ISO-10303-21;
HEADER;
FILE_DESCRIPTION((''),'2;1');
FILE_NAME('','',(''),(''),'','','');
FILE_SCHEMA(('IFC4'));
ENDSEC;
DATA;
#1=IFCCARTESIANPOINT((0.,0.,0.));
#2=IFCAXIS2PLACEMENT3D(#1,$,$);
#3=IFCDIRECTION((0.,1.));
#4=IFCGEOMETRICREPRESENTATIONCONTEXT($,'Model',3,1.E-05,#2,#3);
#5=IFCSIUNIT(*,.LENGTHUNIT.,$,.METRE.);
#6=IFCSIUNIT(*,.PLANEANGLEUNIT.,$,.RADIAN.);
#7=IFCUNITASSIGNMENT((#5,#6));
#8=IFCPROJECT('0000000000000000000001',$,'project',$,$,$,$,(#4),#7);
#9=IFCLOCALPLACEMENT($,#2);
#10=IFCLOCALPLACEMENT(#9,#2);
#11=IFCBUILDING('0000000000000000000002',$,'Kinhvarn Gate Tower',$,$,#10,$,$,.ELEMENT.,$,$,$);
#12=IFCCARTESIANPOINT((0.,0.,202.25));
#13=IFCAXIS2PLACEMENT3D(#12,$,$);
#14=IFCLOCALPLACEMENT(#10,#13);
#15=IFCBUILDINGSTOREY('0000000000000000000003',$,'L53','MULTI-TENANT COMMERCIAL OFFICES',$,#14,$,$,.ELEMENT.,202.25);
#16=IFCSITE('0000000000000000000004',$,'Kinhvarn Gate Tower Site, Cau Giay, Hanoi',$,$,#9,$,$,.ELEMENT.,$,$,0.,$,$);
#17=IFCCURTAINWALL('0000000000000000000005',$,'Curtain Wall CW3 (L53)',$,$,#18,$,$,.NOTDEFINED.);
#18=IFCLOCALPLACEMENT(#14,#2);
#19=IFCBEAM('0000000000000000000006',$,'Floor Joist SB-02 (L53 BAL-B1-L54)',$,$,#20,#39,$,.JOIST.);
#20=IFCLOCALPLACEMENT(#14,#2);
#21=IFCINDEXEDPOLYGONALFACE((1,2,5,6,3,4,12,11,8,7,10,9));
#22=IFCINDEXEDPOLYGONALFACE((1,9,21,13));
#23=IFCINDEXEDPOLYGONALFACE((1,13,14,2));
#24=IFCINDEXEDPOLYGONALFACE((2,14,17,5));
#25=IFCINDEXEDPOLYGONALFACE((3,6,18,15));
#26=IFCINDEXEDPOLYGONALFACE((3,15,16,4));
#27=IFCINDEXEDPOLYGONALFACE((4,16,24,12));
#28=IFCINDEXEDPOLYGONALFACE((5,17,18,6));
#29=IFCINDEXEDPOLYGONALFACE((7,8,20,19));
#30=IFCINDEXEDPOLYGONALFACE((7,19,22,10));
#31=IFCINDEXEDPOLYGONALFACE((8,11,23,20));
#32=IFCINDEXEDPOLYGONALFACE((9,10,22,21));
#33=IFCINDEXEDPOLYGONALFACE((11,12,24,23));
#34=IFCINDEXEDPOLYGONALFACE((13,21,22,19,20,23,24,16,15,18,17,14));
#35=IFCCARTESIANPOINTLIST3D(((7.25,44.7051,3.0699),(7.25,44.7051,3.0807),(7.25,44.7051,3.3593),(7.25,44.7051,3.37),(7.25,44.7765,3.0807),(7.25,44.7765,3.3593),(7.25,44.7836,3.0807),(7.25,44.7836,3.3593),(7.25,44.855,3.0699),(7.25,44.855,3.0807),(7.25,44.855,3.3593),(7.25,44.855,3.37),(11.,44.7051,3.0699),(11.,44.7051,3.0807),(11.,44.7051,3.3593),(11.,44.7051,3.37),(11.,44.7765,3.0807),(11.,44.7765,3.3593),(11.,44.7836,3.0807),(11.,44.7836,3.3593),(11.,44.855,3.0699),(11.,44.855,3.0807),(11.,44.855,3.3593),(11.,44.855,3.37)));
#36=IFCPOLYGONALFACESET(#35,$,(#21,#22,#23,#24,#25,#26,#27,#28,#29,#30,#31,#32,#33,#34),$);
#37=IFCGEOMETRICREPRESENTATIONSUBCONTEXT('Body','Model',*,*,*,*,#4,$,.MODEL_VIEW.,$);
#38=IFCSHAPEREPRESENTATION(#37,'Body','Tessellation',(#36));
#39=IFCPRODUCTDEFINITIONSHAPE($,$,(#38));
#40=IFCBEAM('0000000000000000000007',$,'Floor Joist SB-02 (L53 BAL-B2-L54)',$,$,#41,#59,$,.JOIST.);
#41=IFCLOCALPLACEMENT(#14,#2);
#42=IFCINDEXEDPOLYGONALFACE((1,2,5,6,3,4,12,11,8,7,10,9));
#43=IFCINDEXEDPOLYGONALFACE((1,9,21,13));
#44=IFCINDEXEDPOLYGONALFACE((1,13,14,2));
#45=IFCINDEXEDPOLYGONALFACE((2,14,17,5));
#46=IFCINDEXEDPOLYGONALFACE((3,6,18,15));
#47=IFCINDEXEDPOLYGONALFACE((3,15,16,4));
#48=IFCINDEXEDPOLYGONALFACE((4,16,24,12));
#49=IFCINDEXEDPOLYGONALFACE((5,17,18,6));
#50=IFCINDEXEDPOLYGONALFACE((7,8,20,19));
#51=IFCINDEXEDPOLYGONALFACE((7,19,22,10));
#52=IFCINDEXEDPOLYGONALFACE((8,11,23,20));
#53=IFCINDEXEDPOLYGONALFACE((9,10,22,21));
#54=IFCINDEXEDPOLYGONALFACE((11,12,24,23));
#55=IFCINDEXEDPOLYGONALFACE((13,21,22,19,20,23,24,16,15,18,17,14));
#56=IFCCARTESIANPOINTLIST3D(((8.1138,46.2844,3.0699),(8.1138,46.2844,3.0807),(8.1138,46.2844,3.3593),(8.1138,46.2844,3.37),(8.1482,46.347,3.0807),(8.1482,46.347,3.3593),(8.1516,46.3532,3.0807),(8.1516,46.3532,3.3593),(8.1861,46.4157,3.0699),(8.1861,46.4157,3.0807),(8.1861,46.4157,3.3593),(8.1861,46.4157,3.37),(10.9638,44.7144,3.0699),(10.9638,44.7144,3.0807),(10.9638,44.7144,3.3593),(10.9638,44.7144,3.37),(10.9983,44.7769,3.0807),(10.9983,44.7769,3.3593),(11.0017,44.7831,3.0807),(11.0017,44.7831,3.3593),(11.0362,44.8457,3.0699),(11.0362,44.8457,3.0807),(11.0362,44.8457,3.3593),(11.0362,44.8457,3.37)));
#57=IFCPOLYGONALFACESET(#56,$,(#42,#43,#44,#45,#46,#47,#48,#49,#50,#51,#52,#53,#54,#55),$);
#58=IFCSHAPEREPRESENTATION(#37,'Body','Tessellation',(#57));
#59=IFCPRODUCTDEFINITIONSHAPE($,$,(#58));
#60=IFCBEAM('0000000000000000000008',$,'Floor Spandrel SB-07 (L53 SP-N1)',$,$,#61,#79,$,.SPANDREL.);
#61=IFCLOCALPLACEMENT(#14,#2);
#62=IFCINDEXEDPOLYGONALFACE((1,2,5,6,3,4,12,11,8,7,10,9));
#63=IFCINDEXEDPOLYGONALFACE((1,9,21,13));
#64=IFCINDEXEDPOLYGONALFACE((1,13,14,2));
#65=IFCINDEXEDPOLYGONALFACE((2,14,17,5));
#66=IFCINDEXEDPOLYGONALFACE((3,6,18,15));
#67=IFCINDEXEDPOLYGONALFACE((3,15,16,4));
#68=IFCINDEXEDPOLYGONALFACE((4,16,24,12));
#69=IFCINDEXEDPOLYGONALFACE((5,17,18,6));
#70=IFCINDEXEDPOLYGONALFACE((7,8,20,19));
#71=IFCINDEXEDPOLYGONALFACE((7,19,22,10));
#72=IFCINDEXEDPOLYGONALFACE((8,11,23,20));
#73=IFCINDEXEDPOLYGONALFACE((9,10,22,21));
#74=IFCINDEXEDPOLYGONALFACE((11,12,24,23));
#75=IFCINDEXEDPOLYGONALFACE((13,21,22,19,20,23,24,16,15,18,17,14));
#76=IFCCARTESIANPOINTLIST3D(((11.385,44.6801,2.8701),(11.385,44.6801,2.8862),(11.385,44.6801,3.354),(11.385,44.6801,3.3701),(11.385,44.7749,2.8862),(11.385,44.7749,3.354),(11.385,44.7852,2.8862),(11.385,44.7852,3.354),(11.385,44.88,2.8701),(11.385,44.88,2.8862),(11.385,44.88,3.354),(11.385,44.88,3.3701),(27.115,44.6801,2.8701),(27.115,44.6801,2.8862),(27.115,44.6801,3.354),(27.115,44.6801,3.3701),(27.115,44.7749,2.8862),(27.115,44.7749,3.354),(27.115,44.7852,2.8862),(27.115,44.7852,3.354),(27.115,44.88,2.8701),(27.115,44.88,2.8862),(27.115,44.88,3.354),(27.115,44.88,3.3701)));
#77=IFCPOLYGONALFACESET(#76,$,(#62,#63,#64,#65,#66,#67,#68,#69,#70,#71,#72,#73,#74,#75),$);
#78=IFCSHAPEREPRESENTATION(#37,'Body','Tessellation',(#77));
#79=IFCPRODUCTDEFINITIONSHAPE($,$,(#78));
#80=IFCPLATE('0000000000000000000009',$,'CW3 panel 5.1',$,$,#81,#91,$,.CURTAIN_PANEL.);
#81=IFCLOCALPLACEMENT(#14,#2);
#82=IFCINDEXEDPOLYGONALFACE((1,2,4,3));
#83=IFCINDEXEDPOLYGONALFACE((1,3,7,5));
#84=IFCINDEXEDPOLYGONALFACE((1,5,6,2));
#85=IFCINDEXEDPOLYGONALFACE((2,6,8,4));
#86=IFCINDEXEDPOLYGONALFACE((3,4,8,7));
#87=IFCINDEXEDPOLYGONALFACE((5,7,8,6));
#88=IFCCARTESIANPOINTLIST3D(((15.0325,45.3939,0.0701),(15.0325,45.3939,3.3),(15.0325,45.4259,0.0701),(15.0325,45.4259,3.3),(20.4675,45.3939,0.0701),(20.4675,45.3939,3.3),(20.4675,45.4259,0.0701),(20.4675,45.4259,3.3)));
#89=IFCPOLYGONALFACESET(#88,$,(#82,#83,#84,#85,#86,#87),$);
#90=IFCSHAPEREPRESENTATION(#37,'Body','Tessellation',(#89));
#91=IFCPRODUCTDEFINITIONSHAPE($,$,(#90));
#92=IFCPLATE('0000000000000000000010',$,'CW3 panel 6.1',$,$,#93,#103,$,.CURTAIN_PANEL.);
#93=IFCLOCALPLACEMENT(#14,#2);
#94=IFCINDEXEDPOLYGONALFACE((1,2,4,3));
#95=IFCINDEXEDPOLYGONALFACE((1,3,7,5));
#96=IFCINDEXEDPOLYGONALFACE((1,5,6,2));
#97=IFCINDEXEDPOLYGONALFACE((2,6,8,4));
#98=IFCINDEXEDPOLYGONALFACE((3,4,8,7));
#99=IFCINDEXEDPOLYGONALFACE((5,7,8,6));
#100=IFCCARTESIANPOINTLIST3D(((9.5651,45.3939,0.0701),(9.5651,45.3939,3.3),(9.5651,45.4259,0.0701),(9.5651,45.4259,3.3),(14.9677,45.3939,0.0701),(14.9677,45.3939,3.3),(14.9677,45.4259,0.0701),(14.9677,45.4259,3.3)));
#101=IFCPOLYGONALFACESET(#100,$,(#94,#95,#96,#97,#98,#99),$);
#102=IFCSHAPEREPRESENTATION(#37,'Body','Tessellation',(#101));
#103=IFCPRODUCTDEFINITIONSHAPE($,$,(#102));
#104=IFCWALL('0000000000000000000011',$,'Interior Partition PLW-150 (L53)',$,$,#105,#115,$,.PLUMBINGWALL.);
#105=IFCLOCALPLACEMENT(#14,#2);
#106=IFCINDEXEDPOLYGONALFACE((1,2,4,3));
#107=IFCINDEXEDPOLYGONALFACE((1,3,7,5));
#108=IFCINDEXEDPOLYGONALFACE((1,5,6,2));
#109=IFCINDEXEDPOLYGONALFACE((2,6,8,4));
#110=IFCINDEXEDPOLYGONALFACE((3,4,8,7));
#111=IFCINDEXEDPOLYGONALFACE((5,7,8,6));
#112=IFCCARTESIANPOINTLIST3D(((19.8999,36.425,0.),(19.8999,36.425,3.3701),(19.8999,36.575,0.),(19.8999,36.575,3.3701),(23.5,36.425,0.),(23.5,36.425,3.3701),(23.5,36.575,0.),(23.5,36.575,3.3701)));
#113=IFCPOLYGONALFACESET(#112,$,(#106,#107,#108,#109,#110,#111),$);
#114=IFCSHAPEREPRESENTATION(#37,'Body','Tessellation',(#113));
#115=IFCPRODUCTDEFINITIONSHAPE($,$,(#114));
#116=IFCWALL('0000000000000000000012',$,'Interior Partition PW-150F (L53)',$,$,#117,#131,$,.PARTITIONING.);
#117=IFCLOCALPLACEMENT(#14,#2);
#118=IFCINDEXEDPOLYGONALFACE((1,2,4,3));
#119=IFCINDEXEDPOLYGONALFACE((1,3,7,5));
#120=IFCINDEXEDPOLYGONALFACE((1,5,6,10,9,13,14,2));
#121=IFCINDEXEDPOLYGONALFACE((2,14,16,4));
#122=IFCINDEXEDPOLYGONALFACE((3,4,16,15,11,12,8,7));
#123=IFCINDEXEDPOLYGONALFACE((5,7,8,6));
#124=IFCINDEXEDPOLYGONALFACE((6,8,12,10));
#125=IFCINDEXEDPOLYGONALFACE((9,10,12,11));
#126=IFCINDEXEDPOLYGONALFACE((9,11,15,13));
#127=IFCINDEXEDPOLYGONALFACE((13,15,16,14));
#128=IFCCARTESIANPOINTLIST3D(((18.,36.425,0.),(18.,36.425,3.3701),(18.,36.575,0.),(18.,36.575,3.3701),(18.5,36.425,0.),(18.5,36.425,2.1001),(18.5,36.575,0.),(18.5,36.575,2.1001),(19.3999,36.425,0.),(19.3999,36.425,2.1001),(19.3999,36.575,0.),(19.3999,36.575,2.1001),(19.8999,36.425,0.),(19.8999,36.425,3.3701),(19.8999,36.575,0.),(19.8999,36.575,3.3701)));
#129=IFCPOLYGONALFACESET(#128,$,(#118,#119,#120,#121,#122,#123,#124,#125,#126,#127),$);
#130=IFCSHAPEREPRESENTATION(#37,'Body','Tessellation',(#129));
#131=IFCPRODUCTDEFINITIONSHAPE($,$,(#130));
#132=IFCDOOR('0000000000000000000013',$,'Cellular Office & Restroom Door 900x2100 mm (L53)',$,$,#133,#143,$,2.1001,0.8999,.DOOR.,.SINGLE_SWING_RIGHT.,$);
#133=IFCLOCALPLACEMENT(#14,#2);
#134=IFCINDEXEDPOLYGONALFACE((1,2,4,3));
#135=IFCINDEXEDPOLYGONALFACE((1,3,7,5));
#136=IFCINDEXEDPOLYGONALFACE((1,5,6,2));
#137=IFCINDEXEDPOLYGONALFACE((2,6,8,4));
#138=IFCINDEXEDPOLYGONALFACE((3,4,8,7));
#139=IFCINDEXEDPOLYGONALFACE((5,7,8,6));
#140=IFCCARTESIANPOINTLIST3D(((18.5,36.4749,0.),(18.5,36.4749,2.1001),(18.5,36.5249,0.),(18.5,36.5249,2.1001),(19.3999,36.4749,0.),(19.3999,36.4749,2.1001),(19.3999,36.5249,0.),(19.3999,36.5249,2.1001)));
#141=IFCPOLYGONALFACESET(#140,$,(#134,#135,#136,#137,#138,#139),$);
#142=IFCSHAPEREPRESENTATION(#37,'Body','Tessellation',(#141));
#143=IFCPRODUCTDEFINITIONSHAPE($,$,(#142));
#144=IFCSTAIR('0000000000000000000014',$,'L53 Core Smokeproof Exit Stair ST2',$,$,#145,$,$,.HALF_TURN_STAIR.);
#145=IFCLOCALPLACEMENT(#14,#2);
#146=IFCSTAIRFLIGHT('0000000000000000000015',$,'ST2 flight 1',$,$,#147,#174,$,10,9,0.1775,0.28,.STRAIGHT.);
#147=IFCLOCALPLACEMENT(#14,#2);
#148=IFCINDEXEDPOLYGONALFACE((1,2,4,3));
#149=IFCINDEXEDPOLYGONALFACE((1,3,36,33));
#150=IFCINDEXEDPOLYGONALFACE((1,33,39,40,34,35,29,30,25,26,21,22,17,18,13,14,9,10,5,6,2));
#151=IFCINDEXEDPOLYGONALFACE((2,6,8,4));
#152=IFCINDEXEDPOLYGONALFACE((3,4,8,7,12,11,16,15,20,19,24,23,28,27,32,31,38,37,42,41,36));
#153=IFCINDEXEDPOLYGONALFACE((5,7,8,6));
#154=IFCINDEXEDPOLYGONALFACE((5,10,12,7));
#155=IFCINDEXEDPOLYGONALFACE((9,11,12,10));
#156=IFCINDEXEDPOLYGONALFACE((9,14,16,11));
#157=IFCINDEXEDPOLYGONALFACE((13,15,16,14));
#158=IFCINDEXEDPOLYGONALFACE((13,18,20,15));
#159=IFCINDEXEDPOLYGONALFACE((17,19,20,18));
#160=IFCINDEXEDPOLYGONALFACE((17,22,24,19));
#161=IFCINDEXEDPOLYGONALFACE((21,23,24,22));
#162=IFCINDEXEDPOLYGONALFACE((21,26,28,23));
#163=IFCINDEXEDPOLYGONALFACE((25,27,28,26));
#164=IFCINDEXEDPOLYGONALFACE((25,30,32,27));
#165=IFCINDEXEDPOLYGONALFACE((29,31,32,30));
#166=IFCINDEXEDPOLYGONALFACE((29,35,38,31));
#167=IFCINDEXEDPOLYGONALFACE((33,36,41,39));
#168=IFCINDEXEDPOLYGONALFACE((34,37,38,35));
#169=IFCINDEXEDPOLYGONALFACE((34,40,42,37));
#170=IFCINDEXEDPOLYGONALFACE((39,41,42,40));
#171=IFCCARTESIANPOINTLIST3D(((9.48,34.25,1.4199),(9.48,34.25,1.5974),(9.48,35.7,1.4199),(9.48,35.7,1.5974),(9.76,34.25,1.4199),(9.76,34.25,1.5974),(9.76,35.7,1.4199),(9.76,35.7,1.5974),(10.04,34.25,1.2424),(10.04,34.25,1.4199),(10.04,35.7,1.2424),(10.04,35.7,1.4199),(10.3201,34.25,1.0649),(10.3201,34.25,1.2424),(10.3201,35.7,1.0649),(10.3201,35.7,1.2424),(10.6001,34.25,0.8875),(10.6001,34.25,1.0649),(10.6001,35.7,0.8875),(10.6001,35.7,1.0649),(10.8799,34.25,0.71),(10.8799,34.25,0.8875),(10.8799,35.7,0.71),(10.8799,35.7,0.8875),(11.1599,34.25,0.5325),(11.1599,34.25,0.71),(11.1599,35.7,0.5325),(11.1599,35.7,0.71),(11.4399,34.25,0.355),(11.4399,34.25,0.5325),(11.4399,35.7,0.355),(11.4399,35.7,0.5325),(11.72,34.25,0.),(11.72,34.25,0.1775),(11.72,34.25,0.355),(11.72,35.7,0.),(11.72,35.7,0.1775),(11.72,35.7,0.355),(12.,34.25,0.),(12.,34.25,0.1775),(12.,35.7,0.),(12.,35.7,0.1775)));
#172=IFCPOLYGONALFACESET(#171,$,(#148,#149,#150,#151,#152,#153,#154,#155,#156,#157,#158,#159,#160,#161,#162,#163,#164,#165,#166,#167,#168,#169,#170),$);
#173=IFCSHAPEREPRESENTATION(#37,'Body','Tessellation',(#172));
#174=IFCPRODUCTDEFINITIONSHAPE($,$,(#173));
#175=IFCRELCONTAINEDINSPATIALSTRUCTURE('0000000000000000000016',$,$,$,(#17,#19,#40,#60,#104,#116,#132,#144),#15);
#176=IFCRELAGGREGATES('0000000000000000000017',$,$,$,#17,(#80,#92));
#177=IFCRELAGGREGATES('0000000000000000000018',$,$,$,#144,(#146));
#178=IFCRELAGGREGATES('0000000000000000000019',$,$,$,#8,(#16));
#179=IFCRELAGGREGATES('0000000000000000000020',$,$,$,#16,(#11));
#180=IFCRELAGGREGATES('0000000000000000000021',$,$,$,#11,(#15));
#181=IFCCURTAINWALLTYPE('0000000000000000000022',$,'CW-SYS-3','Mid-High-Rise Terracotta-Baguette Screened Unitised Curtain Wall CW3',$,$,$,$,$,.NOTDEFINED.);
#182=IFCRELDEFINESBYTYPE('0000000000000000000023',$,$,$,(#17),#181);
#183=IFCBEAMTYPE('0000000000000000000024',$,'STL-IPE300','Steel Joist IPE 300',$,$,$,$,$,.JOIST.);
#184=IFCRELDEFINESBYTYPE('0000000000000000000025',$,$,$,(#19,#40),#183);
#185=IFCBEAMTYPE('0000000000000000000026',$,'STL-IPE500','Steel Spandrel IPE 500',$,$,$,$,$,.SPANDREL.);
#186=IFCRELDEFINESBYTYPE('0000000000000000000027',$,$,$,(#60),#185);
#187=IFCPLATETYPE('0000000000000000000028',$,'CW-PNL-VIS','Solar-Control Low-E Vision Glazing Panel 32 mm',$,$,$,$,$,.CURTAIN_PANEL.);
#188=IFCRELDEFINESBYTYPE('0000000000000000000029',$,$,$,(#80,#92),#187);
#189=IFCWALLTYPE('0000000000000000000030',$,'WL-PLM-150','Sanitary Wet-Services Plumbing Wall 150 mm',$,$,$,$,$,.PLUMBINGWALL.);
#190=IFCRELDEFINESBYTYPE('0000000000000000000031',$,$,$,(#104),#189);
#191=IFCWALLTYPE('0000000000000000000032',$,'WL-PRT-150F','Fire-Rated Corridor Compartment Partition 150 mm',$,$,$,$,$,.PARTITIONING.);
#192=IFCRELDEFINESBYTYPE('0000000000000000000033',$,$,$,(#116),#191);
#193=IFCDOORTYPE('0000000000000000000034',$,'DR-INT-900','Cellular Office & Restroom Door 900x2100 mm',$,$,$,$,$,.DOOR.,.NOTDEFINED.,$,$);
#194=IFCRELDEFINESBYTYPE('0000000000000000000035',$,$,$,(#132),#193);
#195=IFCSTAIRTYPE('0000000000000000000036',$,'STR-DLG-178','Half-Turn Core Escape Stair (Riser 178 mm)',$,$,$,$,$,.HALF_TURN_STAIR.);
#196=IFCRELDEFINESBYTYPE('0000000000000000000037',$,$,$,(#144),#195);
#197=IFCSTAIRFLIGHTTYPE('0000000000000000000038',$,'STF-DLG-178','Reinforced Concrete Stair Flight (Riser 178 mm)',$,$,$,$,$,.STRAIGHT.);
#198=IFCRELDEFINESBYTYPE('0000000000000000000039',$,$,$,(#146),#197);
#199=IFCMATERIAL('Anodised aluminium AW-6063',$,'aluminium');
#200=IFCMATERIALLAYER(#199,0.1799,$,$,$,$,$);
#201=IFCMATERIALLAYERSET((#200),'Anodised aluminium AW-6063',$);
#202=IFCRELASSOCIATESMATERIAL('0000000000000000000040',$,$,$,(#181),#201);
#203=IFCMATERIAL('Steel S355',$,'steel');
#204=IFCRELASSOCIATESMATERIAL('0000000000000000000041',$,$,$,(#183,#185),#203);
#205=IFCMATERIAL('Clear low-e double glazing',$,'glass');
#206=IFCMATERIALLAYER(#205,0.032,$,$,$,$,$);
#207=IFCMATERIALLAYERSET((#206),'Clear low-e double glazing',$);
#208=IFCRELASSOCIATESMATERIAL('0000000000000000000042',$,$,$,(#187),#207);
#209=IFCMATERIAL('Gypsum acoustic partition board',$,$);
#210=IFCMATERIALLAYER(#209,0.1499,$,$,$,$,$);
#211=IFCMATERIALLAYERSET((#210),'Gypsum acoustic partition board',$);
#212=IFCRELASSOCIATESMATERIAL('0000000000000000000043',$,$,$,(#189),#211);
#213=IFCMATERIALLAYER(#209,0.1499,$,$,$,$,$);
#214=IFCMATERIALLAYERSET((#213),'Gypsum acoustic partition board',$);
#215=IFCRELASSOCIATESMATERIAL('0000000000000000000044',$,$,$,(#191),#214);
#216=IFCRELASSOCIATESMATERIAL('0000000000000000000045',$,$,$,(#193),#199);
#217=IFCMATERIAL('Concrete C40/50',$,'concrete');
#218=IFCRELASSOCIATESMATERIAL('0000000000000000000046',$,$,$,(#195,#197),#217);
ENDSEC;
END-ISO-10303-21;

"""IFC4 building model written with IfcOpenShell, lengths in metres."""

from ifc_helpers import new_model, si_unit, direction, frame, frame_2d, origin, origin_2d, place, context, subcontext, project, spatial, polyline, rectangle, i_section, outline, extrude, material, layer, layer_set, material_profile, profile_set, type_object, element, fill, aggregate, save


model = new_model("IFC4")

# Units and contexts
model_context = context("Model", 3, precision=1e-05, world=origin(), true_north=direction((0.0, 1.0)))
body_context = subcontext(model_context, "Body", "Model", "MODEL_VIEW")
ifc_project = project(units=[si_unit("LENGTHUNIT", "METRE"), si_unit("PLANEANGLEUNIT", "RADIAN")], contexts=[model_context])

# Site, building, storey
site_placement = place(None, origin())
site = spatial("IfcSite", under=ifc_project, at=site_placement, Name="Kinhvarn Gate Tower Site, Cau Giay, Hanoi", CompositionType="ELEMENT", RefElevation=0.0)
building_placement = place(site_placement, origin())
building = spatial("IfcBuilding", under=site, at=building_placement, Name="Kinhvarn Gate Tower", CompositionType="ELEMENT")
storey_placement = place(building_placement, frame((0.0, 0.0, 202.25)))
storey = spatial("IfcBuildingStorey", under=building, at=storey_placement, Name="L53", Description="MULTI-TENANT COMMERCIAL OFFICES", CompositionType="ELEMENT", Elevation=202.25)

# Curtain wall
ifc_material_1 = material(Name="Anodised aluminium AW-6063", Category="aluminium")
ifc_layer_1 = layer(ifc_material_1, 0.1799)
ifc_layer_set_1 = layer_set([ifc_layer_1], Name="Anodised aluminium AW-6063")
curtain_wall_type = type_object("IfcCurtainWallType", Name="CW-SYS-3", Description="Mid-High-Rise Terracotta-Baguette Screened Unitised Curtain Wall CW3", PredefinedType="NOTDEFINED", material=ifc_layer_set_1)
curtain_wall_placement = place(storey_placement, origin())
curtain_wall = element("IfcCurtainWall", 1, at=curtain_wall_placement, inside=storey, type_object=curtain_wall_type, Name="Curtain Wall CW3 (L53)", PredefinedType="NOTDEFINED")

# Beams
ifc_material_2 = material(Name="Steel S355", Category="steel")
ifc_material_profile_1 = material_profile(ifc_material_2, i_section(OverallWidth=0.1499, OverallDepth=0.3, WebThickness=0.0071, FlangeThickness=0.0107, at=origin_2d()), Name="IPE 300")
ifc_profile_set_1 = profile_set([ifc_material_profile_1], Name="Steel S355")
beam_type_1 = type_object("IfcBeamType", Name="STL-IPE300", Description="Steel Joist IPE 300", PredefinedType="JOIST", material=ifc_profile_set_1)
beam_1_placement = place(storey_placement, frame((11.0, 44.78, 3.22), z_axis=(-1.0, 0.0, 0.0), x_axis=(0.0, -1.0, 0.0)))
element("IfcBeam", 2, at=beam_1_placement, inside=storey, type_object=beam_type_1, Name="Floor Joist SB-02 (L53 BAL-B1-L54)", PredefinedType="JOIST", context=body_context, shape_type="SweptSolid", body=[
    extrude(i_section(OverallWidth=0.1499, OverallDepth=0.3, WebThickness=0.0071, FlangeThickness=0.0107, at=origin_2d()), origin(), (0.0, 0.0, 1.0), 3.75),
])
beam_2_placement = place(storey_placement, frame((11.0, 44.78, 3.22), z_axis=(-0.875889, 0.482512, 0.0), x_axis=(-0.482512, -0.875889, 0.0)))
element("IfcBeam", 3, at=beam_2_placement, inside=storey, type_object=beam_type_1, Name="Floor Joist SB-02 (L53 BAL-B2-L54)", PredefinedType="JOIST", context=body_context, shape_type="SweptSolid", body=[
    extrude(i_section(OverallWidth=0.1499, OverallDepth=0.3, WebThickness=0.0071, FlangeThickness=0.0107, at=origin_2d()), origin(), (0.0, 0.0, 1.0), 3.2539),
])
ifc_material_profile_2 = material_profile(ifc_material_2, i_section(OverallWidth=0.2, OverallDepth=0.5, WebThickness=0.0103, FlangeThickness=0.0161, at=origin_2d()), Name="IPE 500")
ifc_profile_set_2 = profile_set([ifc_material_profile_2], Name="Steel S355")
beam_type_2 = type_object("IfcBeamType", Name="STL-IPE500", Description="Steel Spandrel IPE 500", PredefinedType="SPANDREL", material=ifc_profile_set_2)
beam_3_placement = place(storey_placement, frame((11.385, 44.78, 3.1201), z_axis=(1.0, 0.0, 0.0), x_axis=(0.0, 1.0, 0.0)))
element("IfcBeam", 4, at=beam_3_placement, inside=storey, type_object=beam_type_2, Name="Floor Spandrel SB-07 (L53 SP-N1)", PredefinedType="SPANDREL", context=body_context, shape_type="SweptSolid", body=[
    extrude(i_section(OverallWidth=0.2, OverallDepth=0.5, WebThickness=0.0103, FlangeThickness=0.0161, at=origin_2d()), origin(), (0.0, 0.0, 1.0), 15.73),
])

# Plates
ifc_material_3 = material(Name="Clear low-e double glazing", Category="glass")
ifc_layer_2 = layer(ifc_material_3, 0.032)
ifc_layer_set_2 = layer_set([ifc_layer_2], Name="Clear low-e double glazing")
plate_type = type_object("IfcPlateType", Name="CW-PNL-VIS", Description="Solar-Control Low-E Vision Glazing Panel 32 mm", PredefinedType="CURTAIN_PANEL", material=ifc_layer_set_2)
plate_1_placement = place(storey_placement, frame((17.75, 45.4099, 0.0701), z_axis=(0.0, 0.0, 1.0), x_axis=(-1.0, 0.0, 0.0)))
plate_1 = element("IfcPlate", 5, at=plate_1_placement, type_object=plate_type, Name="CW3 panel 5.1", PredefinedType="CURTAIN_PANEL", context=body_context, shape_type="SweptSolid", body=[
    extrude(rectangle(XDim=5.4351, YDim=0.032, at=origin_2d()), origin(), (0.0, 0.0, 1.0), 3.23),
])
plate_2_placement = place(storey_placement, frame((12.2664, 45.4099, 0.0701), z_axis=(0.0, 0.0, 1.0), x_axis=(-1.0, 0.0, 0.0)))
plate_2 = element("IfcPlate", 6, at=plate_2_placement, type_object=plate_type, Name="CW3 panel 6.1", PredefinedType="CURTAIN_PANEL", context=body_context, shape_type="SweptSolid", body=[
    extrude(rectangle(XDim=5.4026, YDim=0.032, at=origin_2d()), origin(), (0.0, 0.0, 1.0), 3.23),
])
aggregate(curtain_wall, [plate_1, plate_2])

# Wall
ifc_material_4 = material(Name="Gypsum acoustic partition board")
ifc_layer_3 = layer(ifc_material_4, 0.1499)
ifc_layer_set_3 = layer_set([ifc_layer_3], Name="Gypsum acoustic partition board")
wall_type_1 = type_object("IfcWallType", Name="WL-PLM-150", Description="Sanitary Wet-Services Plumbing Wall 150 mm", PredefinedType="PLUMBINGWALL", material=ifc_layer_set_3)
wall_1_placement = place(storey_placement, frame((19.8999, 36.5, 0.0), z_axis=(0.0, 0.0, 1.0), x_axis=(1.0, 0.0, 0.0)))
element("IfcWall", 7, at=wall_1_placement, inside=storey, type_object=wall_type_1, Name="Interior Partition PLW-150 (L53)", PredefinedType="PLUMBINGWALL", context=body_context, shape_type="SweptSolid", body=[
    extrude(rectangle(XDim=3.6001, YDim=0.1499, at=frame_2d((1.8, 0.0))), origin(), (0.0, 0.0, 1.0), 3.3701),
])

# Wall, opening, door
ifc_layer_4 = layer(ifc_material_4, 0.1499)
ifc_layer_set_4 = layer_set([ifc_layer_4], Name="Gypsum acoustic partition board")
wall_type_2 = type_object("IfcWallType", Name="WL-PRT-150F", Description="Fire-Rated Corridor Compartment Partition 150 mm", PredefinedType="PARTITIONING", material=ifc_layer_set_4)
wall_2_placement = place(storey_placement, frame((18.0, 36.5, 0.0), z_axis=(0.0, 0.0, 1.0), x_axis=(1.0, 0.0, 0.0)))
wall_2 = element("IfcWall", 8, at=wall_2_placement, inside=storey, type_object=wall_type_2, Name="Interior Partition PW-150F (L53)", PredefinedType="PARTITIONING", context=body_context, shape_type="SweptSolid", body=[
    extrude(rectangle(XDim=1.8999, YDim=0.1499, at=frame_2d((0.95, 0.0))), origin(), (0.0, 0.0, 1.0), 3.3701),
])
opening_placement = place(wall_2_placement, frame((0.5, 0.0, 0.0)))
opening = element("IfcOpeningElement", 9, at=opening_placement, cuts=wall_2, PredefinedType="OPENING", context=body_context, shape_type="SweptSolid", body=[
    extrude(rectangle(XDim=0.8999, YDim=2.1001, at=frame_2d((0.45, 1.05))), frame((0.0, 0.085, 0.0), z_axis=(0.0, -1.0, 0.0), x_axis=(1.0, 0.0, 0.0)), (0.0, 0.0, 1.0), 0.1699),
])
door_type = type_object("IfcDoorType", Name="DR-INT-900", Description="Cellular Office & Restroom Door 900x2100 mm", OperationType="NOTDEFINED", PredefinedType="DOOR", material=ifc_material_1)
door_placement = place(opening_placement, origin())
door = element("IfcDoor", 10, at=door_placement, inside=storey, type_object=door_type, Name="Cellular Office & Restroom Door 900x2100 mm (L53)", OperationType="SINGLE_SWING_RIGHT", OverallHeight=2.1001, OverallWidth=0.8999, PredefinedType="DOOR", context=body_context, shape_type="SweptSolid", body=[
    extrude(rectangle(XDim=0.8999, YDim=2.1001, at=frame_2d((0.45, 1.05))), frame((0.0, 0.0249, 0.0), z_axis=(0.0, -1.0, 0.0), x_axis=(1.0, 0.0, 0.0)), (0.0, 0.0, 1.0), 0.05),
])
fill(opening, door)

# Stair, stair flight
ifc_material_5 = material(Name="Concrete C40/50", Category="concrete")
stair_type = type_object("IfcStairType", Name="STR-DLG-178", Description="Half-Turn Core Escape Stair (Riser 178 mm)", PredefinedType="HALF_TURN_STAIR", material=ifc_material_5)
stair_placement = place(storey_placement, origin())
stair = element("IfcStair", 11, at=stair_placement, inside=storey, type_object=stair_type, Name="L53 Core Smokeproof Exit Stair ST2", PredefinedType="HALF_TURN_STAIR")
stair_flight_type = type_object("IfcStairFlightType", Name="STF-DLG-178", Description="Reinforced Concrete Stair Flight (Riser 178 mm)", PredefinedType="STRAIGHT", material=ifc_material_5)
stair_flight_placement = place(storey_placement, frame((12.0, 34.9751, 0.0), z_axis=(0.0, 0.0, 1.0), x_axis=(-1.0, 0.0, 0.0)))
stair_flight = element("IfcStairFlight", 12, at=stair_flight_placement, type_object=stair_flight_type, Name="ST2 flight 1", NumberOfRisers=10, NumberOfTreads=9, PredefinedType="STRAIGHT", RiserHeight=0.1775, TreadLength=0.28, context=body_context, shape_type="SweptSolid", body=[
    extrude(outline(polyline([(0.0, 0.0), (0.0, 0.1775), (0.28, 0.1775), (0.28, 0.355), (0.5601, 0.355), (0.5601, 0.5325), (0.8401, 0.5325), (0.8401, 0.71), (1.1201, 0.71), (1.1201, 0.8875), (1.3999, 0.8875), (1.3999, 1.0649), (1.6799, 1.0649), (1.6799, 1.2424), (1.96, 1.2424), (1.96, 1.4199), (2.24, 1.4199), (2.24, 1.5974), (2.52, 1.5974), (2.52, 1.7749), (2.52, 1.4199), (0.28, 0.0), (0.0, 0.0)])), frame((0.0, 0.7251, 0.0), z_axis=(0.0, -1.0, 0.0), x_axis=(1.0, 0.0, 0.0)), (0.0, 0.0, 1.0), 1.45),
])
aggregate(stair, [stair_flight])

save(model, "model.ifc")
